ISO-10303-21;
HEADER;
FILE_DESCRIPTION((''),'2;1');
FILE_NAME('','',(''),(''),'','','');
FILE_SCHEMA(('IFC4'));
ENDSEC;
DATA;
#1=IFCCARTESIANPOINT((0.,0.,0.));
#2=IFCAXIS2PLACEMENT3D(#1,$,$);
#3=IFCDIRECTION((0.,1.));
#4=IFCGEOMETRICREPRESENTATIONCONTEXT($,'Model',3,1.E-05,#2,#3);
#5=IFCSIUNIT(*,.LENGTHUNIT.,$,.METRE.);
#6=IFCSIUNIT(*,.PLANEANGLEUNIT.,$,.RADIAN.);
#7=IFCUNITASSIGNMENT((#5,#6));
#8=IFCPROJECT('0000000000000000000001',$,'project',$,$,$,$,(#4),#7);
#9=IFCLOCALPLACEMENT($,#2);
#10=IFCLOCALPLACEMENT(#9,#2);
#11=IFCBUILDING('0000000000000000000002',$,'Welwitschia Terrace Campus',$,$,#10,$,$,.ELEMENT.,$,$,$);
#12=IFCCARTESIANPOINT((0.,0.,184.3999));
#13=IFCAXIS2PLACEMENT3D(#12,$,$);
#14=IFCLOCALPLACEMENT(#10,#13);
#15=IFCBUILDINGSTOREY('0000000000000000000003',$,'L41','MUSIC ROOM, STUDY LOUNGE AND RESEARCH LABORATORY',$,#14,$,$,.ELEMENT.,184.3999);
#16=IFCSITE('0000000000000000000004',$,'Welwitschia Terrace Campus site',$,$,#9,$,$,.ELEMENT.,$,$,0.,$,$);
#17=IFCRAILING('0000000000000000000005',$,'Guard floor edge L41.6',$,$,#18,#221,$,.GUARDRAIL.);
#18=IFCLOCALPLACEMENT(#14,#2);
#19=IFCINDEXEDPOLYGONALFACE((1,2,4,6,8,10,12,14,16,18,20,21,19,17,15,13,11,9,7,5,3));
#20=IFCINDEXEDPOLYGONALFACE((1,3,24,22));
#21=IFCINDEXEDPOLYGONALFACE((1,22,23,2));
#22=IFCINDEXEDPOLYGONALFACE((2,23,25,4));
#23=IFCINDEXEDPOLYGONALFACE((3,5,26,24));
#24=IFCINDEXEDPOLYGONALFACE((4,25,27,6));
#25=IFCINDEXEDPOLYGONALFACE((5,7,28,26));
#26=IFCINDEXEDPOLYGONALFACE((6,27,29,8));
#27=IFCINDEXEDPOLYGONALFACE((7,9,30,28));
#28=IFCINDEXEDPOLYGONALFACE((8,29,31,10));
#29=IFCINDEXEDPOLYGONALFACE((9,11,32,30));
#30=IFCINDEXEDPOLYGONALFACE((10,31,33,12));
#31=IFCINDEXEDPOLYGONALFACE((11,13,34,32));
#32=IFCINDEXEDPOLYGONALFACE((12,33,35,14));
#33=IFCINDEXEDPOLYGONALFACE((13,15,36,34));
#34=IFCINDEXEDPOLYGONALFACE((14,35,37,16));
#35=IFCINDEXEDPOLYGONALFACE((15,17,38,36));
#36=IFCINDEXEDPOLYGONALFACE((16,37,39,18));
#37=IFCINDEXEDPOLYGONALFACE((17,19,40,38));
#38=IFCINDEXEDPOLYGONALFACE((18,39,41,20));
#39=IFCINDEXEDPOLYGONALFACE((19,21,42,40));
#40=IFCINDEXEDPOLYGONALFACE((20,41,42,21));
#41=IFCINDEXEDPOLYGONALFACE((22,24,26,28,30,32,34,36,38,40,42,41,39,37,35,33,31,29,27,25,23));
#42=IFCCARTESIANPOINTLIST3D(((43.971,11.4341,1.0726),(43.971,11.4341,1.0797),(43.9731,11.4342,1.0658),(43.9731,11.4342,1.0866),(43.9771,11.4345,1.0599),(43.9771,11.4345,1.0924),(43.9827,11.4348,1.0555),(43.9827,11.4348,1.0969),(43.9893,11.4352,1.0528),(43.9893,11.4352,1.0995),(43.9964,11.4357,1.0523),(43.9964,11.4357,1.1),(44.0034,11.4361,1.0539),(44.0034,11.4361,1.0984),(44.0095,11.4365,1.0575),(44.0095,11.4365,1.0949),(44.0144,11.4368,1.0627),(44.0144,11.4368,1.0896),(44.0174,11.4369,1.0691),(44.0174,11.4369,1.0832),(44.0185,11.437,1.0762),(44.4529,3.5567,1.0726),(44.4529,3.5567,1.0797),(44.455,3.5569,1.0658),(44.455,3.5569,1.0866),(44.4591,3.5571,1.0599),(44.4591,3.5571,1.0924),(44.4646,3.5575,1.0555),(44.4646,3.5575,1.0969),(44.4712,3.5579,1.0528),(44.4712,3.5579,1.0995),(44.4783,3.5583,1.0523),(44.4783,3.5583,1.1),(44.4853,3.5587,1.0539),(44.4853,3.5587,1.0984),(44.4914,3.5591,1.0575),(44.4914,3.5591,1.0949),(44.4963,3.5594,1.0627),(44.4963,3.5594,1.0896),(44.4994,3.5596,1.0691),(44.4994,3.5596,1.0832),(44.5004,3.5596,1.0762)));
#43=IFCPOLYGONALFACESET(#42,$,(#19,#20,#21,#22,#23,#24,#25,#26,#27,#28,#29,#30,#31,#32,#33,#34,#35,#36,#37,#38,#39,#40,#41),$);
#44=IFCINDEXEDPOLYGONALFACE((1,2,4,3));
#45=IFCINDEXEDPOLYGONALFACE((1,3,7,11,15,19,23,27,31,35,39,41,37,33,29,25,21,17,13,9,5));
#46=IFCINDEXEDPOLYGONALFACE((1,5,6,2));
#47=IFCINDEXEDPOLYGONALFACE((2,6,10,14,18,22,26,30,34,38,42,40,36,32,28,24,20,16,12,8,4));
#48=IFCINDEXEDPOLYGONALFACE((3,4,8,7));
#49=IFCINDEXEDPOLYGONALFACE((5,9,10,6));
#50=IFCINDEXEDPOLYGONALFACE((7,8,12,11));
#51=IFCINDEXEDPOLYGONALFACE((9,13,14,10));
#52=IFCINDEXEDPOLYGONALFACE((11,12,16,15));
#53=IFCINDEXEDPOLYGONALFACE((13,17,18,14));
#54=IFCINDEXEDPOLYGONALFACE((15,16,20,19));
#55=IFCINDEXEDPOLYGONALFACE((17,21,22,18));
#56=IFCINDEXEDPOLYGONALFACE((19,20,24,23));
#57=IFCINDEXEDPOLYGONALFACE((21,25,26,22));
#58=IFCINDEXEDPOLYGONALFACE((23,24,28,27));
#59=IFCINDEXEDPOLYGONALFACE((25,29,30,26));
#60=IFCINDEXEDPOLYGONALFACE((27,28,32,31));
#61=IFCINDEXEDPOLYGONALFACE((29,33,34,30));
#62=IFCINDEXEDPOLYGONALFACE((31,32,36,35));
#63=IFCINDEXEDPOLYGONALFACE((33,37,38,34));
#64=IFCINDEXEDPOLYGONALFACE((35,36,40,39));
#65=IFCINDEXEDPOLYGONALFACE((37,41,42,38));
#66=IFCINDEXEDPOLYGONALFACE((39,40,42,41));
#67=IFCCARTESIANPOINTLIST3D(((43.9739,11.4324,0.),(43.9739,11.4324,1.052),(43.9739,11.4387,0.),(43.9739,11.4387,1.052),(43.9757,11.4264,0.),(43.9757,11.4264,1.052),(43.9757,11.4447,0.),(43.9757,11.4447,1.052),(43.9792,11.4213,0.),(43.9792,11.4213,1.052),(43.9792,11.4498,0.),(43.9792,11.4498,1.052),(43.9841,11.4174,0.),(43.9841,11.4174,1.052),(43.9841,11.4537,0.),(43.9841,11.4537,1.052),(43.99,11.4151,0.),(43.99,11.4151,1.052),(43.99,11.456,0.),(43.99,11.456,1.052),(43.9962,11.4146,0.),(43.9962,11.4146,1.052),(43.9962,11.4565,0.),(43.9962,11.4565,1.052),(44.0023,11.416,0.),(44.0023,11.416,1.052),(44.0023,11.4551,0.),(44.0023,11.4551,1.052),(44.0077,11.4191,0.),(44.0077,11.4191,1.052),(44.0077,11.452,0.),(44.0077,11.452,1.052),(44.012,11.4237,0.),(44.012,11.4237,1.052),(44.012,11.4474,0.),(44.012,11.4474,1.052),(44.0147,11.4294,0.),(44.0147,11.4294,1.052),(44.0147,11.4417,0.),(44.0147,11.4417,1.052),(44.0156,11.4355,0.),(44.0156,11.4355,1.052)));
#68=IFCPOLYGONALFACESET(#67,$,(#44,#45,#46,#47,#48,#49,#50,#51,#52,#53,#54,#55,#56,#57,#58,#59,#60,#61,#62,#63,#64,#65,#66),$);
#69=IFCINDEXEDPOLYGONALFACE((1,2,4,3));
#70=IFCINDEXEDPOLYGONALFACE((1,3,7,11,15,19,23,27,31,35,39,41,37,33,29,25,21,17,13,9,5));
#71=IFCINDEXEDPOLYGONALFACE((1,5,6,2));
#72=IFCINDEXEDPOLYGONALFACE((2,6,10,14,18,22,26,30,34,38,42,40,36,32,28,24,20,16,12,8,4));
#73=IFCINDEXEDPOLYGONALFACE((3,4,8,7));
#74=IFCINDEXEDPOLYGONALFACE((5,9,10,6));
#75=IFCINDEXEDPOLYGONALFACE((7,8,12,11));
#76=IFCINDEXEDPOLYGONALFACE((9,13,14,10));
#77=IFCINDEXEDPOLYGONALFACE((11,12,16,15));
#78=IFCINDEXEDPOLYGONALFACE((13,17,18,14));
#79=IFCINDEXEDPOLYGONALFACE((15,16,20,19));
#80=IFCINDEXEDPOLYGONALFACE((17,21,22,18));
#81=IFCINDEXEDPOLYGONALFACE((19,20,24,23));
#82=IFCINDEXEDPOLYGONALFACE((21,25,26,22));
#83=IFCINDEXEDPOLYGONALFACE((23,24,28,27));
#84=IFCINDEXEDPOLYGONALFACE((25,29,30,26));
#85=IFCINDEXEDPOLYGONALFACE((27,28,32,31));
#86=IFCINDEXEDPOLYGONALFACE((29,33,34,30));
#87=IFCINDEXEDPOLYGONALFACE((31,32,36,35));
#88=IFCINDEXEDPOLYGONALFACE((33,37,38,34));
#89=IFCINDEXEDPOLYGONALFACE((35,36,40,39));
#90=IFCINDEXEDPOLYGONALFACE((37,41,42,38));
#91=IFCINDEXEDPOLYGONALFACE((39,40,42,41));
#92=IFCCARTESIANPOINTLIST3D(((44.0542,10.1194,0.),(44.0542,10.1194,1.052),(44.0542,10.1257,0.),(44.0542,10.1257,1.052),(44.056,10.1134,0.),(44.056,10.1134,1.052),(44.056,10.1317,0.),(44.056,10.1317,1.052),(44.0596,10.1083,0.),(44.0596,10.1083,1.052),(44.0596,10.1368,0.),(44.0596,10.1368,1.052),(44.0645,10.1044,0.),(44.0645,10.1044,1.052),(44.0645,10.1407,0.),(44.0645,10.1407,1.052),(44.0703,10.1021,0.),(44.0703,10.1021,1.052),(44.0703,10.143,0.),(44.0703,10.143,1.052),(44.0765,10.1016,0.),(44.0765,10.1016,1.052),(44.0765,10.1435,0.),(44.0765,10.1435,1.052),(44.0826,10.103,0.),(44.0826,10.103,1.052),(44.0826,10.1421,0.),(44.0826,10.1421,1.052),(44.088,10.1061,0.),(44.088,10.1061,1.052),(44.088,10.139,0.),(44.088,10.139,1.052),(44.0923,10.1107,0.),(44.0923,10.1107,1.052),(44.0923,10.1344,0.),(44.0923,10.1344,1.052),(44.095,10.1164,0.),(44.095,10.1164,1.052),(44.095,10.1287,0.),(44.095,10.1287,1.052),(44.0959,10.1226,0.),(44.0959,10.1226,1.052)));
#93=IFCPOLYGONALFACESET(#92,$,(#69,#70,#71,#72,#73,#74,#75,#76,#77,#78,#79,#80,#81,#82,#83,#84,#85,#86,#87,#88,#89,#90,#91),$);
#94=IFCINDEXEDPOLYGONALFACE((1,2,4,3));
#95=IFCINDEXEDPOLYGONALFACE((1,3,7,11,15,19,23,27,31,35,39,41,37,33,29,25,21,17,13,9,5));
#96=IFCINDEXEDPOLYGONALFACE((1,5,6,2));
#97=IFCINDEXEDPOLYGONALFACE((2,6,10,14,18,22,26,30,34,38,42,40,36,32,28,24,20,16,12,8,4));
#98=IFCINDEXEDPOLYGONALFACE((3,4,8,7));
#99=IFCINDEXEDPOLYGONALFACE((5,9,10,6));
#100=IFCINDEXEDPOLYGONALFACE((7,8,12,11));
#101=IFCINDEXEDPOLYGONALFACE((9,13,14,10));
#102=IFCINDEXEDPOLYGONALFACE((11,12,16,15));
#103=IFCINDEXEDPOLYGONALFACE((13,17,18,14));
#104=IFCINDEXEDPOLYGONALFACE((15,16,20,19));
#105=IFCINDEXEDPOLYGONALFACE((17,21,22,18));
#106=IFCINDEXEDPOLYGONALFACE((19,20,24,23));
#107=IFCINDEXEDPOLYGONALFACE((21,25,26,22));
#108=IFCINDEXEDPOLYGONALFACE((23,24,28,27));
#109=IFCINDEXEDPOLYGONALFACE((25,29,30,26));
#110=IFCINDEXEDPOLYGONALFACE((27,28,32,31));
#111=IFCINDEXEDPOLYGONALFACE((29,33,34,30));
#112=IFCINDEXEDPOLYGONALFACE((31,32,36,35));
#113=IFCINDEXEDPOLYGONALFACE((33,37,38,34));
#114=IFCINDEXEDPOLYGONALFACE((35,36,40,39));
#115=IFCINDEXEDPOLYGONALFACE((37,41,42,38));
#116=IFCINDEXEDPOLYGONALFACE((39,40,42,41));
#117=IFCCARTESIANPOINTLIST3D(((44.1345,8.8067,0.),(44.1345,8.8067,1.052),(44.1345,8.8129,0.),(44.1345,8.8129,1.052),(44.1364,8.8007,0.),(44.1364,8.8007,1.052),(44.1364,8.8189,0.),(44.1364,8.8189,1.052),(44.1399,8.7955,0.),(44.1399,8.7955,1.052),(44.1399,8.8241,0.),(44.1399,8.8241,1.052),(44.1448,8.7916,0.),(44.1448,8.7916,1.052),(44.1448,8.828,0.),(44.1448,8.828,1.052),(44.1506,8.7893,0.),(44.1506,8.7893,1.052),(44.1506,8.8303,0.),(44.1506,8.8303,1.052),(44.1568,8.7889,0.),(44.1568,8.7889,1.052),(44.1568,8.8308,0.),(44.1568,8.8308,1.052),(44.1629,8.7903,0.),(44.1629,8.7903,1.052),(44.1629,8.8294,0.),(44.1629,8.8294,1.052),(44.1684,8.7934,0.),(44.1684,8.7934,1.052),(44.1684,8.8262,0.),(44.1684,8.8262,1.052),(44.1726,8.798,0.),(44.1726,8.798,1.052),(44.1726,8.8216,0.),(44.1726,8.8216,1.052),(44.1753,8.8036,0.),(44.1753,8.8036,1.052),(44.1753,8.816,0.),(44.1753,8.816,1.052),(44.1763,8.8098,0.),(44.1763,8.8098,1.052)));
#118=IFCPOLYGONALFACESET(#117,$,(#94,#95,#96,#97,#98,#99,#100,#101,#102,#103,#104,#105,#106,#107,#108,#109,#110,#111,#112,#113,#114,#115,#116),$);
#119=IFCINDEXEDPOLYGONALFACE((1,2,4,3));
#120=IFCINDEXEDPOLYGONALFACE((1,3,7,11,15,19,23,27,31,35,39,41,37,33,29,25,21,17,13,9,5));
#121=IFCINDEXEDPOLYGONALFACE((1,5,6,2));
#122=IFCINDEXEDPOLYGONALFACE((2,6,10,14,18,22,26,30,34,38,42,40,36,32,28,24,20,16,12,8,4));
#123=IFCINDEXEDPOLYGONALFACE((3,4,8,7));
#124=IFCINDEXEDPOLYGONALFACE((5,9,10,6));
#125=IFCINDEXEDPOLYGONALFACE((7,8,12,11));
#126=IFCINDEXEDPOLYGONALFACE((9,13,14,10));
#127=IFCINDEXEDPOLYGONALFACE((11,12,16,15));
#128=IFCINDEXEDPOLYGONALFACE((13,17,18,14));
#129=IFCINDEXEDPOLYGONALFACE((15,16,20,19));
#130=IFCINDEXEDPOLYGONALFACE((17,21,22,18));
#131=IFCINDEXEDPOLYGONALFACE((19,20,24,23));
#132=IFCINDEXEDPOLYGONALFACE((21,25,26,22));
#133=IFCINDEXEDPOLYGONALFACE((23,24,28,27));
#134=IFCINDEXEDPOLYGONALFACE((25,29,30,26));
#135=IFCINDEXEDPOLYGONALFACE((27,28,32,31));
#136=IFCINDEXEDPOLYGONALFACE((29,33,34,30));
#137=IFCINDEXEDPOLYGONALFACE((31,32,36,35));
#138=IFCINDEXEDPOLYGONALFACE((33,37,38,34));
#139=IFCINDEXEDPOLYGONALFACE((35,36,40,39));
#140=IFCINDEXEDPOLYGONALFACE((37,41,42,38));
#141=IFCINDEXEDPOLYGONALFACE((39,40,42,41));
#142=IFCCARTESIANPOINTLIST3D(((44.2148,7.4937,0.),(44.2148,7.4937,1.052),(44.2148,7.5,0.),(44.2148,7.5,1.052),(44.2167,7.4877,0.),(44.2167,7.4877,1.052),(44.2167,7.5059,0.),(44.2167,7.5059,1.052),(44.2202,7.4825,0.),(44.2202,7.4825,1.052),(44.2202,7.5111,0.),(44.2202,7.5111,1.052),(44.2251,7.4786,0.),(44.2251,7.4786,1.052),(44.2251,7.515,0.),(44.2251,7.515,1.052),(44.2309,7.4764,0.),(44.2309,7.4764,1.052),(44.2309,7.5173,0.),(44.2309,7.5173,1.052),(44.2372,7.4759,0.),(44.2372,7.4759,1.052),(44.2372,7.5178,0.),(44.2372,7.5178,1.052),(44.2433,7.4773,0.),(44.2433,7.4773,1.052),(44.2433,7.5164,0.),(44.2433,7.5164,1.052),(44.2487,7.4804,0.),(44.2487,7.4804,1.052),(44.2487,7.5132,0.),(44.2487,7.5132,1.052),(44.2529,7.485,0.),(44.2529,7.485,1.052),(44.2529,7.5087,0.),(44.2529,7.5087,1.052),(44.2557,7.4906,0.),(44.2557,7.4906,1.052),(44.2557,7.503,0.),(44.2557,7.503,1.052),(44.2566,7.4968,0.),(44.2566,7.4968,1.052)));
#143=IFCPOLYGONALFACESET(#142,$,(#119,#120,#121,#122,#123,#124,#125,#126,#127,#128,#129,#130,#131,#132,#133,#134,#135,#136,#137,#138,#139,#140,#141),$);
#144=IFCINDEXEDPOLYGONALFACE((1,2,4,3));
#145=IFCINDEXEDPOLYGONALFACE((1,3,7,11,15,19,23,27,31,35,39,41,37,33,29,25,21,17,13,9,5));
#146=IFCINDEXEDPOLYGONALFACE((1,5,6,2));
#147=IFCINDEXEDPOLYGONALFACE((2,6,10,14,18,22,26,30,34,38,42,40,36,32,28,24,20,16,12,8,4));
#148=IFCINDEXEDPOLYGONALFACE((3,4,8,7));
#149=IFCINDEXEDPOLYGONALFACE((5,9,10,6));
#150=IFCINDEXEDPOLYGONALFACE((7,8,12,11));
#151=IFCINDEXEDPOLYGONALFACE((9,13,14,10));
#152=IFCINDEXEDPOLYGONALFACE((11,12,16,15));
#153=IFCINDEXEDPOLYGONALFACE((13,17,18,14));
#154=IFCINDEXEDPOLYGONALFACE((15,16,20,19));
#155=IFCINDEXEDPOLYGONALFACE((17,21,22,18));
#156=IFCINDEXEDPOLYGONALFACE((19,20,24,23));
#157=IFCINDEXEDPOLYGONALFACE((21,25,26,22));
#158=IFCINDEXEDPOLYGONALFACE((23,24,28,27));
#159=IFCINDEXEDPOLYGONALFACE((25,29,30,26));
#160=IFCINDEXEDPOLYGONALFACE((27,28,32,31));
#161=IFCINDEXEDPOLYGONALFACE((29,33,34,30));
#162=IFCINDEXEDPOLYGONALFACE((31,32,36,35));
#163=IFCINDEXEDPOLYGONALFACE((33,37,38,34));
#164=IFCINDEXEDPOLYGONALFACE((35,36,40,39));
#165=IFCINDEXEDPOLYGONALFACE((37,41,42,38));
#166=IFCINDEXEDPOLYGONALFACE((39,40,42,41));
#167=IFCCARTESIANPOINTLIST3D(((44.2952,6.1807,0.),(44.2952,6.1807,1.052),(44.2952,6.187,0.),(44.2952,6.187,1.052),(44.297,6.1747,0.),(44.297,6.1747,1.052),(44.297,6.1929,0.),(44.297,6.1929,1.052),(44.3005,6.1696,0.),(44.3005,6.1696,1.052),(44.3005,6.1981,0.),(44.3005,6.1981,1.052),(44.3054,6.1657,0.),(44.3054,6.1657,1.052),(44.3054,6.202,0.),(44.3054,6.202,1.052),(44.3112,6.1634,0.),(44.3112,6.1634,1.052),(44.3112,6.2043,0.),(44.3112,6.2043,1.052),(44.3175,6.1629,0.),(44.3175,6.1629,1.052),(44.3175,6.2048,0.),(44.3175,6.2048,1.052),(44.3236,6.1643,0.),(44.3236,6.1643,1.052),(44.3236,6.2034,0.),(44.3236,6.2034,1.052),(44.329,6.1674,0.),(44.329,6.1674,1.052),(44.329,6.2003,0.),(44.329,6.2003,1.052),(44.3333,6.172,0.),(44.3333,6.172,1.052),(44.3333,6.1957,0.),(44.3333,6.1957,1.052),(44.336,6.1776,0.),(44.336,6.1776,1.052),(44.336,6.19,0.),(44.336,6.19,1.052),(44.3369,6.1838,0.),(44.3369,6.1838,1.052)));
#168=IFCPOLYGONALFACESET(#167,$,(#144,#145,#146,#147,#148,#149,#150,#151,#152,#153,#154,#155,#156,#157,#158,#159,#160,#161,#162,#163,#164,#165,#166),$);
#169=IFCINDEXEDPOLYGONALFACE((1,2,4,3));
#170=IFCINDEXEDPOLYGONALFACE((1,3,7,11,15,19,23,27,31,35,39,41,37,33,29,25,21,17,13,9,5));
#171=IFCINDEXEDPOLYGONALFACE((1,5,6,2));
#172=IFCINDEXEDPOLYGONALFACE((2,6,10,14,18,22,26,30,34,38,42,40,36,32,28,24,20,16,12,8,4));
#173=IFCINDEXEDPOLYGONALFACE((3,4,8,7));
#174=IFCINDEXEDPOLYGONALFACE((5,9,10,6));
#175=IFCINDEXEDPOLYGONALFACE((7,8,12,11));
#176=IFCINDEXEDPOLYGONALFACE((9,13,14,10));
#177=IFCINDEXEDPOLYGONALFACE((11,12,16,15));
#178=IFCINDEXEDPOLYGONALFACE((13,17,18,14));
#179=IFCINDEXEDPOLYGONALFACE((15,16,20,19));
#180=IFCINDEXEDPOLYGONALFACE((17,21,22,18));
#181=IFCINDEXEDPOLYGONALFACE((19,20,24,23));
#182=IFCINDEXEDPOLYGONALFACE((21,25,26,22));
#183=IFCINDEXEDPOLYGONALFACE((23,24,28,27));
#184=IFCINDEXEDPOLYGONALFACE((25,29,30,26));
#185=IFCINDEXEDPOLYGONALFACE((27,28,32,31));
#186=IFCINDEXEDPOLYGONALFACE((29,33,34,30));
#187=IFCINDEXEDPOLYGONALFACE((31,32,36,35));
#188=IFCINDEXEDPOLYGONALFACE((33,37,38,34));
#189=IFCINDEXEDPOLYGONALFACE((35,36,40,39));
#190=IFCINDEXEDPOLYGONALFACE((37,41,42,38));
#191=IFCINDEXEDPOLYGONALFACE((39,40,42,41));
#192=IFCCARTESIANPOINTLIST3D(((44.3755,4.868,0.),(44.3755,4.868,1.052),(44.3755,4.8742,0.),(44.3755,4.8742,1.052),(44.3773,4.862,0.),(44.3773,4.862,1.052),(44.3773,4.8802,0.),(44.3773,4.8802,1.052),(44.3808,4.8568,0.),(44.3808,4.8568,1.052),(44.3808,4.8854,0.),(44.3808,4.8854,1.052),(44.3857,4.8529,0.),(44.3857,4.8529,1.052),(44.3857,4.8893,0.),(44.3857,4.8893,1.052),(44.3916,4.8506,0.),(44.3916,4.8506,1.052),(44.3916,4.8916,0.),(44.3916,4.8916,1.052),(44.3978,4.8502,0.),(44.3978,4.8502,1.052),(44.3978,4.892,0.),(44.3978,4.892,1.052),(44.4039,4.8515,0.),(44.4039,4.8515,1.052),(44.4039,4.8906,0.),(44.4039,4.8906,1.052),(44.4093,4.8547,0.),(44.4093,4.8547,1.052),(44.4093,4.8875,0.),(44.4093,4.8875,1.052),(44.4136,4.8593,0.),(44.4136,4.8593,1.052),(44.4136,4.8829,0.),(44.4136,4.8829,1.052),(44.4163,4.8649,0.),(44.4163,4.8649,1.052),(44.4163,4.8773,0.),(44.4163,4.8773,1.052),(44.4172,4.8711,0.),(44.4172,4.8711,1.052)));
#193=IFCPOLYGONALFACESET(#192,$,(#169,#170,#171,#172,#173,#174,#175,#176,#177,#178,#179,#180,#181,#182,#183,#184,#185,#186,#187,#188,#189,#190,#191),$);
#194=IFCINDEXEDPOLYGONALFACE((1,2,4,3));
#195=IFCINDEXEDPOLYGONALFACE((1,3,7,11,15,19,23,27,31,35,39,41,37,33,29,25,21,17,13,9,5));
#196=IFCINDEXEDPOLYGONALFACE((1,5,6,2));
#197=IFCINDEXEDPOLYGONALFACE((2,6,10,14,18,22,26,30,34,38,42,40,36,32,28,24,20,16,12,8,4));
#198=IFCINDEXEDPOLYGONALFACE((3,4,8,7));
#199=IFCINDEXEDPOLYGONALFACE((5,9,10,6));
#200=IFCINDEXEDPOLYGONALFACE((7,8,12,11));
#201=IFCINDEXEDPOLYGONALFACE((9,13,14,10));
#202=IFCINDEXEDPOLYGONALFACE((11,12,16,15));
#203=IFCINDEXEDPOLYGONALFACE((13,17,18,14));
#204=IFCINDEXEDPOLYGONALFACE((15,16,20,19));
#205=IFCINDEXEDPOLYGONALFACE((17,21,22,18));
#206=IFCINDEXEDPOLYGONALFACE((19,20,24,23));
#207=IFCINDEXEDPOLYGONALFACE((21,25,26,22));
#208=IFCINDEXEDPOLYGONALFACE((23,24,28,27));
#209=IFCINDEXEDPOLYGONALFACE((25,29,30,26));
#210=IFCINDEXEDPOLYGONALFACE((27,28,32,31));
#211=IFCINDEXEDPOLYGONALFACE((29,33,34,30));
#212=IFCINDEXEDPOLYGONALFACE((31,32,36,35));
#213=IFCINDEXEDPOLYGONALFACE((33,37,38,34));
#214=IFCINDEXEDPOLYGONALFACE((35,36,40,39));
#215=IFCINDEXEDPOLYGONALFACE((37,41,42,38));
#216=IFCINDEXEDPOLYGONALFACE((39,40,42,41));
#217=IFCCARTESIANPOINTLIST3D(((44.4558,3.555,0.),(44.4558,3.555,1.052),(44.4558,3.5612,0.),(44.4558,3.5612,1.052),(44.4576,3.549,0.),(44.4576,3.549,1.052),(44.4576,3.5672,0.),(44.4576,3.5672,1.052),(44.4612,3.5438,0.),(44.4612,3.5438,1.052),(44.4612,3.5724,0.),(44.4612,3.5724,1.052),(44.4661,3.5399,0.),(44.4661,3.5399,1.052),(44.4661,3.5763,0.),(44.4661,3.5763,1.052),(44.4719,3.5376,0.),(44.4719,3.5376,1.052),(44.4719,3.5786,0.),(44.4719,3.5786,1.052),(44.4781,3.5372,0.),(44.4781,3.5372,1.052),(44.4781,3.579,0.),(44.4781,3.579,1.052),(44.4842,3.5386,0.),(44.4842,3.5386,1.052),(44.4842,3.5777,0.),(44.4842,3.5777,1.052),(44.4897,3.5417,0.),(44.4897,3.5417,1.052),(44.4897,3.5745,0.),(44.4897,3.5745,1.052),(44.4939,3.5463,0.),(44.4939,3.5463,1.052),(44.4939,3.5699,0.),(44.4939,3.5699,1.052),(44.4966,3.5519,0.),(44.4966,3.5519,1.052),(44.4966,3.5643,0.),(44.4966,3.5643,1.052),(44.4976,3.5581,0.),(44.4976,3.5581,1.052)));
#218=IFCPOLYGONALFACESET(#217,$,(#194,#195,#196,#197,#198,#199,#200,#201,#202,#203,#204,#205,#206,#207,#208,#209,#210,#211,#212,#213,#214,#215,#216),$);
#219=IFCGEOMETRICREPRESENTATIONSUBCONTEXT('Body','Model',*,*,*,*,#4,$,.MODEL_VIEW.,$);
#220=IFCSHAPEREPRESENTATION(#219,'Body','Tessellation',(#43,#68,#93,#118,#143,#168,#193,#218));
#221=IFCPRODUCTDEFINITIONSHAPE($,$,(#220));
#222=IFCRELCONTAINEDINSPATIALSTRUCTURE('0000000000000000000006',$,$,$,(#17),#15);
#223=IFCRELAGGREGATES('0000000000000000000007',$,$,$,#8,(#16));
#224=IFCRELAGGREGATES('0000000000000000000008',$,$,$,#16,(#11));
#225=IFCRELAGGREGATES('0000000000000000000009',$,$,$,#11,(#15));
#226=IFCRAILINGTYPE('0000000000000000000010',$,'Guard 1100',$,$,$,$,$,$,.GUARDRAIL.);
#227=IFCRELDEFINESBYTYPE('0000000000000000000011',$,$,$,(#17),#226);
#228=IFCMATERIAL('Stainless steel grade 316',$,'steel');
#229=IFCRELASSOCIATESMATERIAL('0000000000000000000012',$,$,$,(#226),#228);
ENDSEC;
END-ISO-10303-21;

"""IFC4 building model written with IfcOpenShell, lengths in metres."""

from ifc_helpers import new_model, si_unit, direction, frame, origin, origin_2d, place, context, subcontext, project, spatial, circle, extrude, material, type_object, element, save


model = new_model("IFC4")

# Units and contexts
model_context = context("Model", 3, precision=1e-05, world=origin(), true_north=direction((0.0, 1.0)))
body_context = subcontext(model_context, "Body", "Model", "MODEL_VIEW")
ifc_project = project(units=[si_unit("LENGTHUNIT", "METRE"), si_unit("PLANEANGLEUNIT", "RADIAN")], contexts=[model_context])

# Site, building, storey
site_placement = place(None, origin())
site = spatial("IfcSite", under=ifc_project, at=site_placement, Name="Welwitschia Terrace Campus site", CompositionType="ELEMENT", RefElevation=0.0)
building_placement = place(site_placement, origin())
building = spatial("IfcBuilding", under=site, at=building_placement, Name="Welwitschia Terrace Campus", CompositionType="ELEMENT")
storey_placement = place(building_placement, frame((0.0, 0.0, 184.3999)))
storey = spatial("IfcBuildingStorey", under=building, at=storey_placement, Name="L41", Description="MUSIC ROOM, STUDY LOUNGE AND RESEARCH LABORATORY", CompositionType="ELEMENT", Elevation=184.3999)

# Railing
ifc_material_1 = material(Name="Stainless steel grade 316", Category="steel")
railing_type = type_object("IfcRailingType", Name="Guard 1100", PredefinedType="GUARDRAIL", material=ifc_material_1)
railing_1_placement = place(storey_placement, frame((43.9946, 11.4355, 0.0)))
element("IfcRailing", 1, at=railing_1_placement, inside=storey, type_object=railing_type, Name="Guard floor edge L41.6", PredefinedType="GUARDRAIL", context=body_context, shape_type="SweptSolid", body=[
    extrude(circle(Radius=0.0239, at=origin_2d()), frame((0.0, 0.0, 1.0762), z_axis=(0.061065, -0.998134, 0.0), x_axis=(0.998134, 0.061065, 0.0)), (0.0, 0.0, 1.0), 7.8921),
    extrude(circle(Radius=0.021, at=origin_2d()), origin(), (0.0, 0.0, 1.0), 1.052),
    extrude(circle(Radius=0.021, at=origin_2d()), frame((0.0803, -1.313, 0.0)), (0.0, 0.0, 1.0), 1.052),
    extrude(circle(Radius=0.021, at=origin_2d()), frame((0.1606, -2.6257, 0.0)), (0.0, 0.0, 1.0), 1.052),
    extrude(circle(Radius=0.021, at=origin_2d()), frame((0.241, -3.9387, 0.0)), (0.0, 0.0, 1.0), 1.052),
    extrude(circle(Radius=0.021, at=origin_2d()), frame((0.3213, -5.2517, 0.0)), (0.0, 0.0, 1.0), 1.052),
    extrude(circle(Radius=0.021, at=origin_2d()), frame((0.4016, -6.5645, 0.0)), (0.0, 0.0, 1.0), 1.052),
    extrude(circle(Radius=0.021, at=origin_2d()), frame((0.4819, -7.8774, 0.0)), (0.0, 0.0, 1.0), 1.052),
])

save(model, "model.ifc")
